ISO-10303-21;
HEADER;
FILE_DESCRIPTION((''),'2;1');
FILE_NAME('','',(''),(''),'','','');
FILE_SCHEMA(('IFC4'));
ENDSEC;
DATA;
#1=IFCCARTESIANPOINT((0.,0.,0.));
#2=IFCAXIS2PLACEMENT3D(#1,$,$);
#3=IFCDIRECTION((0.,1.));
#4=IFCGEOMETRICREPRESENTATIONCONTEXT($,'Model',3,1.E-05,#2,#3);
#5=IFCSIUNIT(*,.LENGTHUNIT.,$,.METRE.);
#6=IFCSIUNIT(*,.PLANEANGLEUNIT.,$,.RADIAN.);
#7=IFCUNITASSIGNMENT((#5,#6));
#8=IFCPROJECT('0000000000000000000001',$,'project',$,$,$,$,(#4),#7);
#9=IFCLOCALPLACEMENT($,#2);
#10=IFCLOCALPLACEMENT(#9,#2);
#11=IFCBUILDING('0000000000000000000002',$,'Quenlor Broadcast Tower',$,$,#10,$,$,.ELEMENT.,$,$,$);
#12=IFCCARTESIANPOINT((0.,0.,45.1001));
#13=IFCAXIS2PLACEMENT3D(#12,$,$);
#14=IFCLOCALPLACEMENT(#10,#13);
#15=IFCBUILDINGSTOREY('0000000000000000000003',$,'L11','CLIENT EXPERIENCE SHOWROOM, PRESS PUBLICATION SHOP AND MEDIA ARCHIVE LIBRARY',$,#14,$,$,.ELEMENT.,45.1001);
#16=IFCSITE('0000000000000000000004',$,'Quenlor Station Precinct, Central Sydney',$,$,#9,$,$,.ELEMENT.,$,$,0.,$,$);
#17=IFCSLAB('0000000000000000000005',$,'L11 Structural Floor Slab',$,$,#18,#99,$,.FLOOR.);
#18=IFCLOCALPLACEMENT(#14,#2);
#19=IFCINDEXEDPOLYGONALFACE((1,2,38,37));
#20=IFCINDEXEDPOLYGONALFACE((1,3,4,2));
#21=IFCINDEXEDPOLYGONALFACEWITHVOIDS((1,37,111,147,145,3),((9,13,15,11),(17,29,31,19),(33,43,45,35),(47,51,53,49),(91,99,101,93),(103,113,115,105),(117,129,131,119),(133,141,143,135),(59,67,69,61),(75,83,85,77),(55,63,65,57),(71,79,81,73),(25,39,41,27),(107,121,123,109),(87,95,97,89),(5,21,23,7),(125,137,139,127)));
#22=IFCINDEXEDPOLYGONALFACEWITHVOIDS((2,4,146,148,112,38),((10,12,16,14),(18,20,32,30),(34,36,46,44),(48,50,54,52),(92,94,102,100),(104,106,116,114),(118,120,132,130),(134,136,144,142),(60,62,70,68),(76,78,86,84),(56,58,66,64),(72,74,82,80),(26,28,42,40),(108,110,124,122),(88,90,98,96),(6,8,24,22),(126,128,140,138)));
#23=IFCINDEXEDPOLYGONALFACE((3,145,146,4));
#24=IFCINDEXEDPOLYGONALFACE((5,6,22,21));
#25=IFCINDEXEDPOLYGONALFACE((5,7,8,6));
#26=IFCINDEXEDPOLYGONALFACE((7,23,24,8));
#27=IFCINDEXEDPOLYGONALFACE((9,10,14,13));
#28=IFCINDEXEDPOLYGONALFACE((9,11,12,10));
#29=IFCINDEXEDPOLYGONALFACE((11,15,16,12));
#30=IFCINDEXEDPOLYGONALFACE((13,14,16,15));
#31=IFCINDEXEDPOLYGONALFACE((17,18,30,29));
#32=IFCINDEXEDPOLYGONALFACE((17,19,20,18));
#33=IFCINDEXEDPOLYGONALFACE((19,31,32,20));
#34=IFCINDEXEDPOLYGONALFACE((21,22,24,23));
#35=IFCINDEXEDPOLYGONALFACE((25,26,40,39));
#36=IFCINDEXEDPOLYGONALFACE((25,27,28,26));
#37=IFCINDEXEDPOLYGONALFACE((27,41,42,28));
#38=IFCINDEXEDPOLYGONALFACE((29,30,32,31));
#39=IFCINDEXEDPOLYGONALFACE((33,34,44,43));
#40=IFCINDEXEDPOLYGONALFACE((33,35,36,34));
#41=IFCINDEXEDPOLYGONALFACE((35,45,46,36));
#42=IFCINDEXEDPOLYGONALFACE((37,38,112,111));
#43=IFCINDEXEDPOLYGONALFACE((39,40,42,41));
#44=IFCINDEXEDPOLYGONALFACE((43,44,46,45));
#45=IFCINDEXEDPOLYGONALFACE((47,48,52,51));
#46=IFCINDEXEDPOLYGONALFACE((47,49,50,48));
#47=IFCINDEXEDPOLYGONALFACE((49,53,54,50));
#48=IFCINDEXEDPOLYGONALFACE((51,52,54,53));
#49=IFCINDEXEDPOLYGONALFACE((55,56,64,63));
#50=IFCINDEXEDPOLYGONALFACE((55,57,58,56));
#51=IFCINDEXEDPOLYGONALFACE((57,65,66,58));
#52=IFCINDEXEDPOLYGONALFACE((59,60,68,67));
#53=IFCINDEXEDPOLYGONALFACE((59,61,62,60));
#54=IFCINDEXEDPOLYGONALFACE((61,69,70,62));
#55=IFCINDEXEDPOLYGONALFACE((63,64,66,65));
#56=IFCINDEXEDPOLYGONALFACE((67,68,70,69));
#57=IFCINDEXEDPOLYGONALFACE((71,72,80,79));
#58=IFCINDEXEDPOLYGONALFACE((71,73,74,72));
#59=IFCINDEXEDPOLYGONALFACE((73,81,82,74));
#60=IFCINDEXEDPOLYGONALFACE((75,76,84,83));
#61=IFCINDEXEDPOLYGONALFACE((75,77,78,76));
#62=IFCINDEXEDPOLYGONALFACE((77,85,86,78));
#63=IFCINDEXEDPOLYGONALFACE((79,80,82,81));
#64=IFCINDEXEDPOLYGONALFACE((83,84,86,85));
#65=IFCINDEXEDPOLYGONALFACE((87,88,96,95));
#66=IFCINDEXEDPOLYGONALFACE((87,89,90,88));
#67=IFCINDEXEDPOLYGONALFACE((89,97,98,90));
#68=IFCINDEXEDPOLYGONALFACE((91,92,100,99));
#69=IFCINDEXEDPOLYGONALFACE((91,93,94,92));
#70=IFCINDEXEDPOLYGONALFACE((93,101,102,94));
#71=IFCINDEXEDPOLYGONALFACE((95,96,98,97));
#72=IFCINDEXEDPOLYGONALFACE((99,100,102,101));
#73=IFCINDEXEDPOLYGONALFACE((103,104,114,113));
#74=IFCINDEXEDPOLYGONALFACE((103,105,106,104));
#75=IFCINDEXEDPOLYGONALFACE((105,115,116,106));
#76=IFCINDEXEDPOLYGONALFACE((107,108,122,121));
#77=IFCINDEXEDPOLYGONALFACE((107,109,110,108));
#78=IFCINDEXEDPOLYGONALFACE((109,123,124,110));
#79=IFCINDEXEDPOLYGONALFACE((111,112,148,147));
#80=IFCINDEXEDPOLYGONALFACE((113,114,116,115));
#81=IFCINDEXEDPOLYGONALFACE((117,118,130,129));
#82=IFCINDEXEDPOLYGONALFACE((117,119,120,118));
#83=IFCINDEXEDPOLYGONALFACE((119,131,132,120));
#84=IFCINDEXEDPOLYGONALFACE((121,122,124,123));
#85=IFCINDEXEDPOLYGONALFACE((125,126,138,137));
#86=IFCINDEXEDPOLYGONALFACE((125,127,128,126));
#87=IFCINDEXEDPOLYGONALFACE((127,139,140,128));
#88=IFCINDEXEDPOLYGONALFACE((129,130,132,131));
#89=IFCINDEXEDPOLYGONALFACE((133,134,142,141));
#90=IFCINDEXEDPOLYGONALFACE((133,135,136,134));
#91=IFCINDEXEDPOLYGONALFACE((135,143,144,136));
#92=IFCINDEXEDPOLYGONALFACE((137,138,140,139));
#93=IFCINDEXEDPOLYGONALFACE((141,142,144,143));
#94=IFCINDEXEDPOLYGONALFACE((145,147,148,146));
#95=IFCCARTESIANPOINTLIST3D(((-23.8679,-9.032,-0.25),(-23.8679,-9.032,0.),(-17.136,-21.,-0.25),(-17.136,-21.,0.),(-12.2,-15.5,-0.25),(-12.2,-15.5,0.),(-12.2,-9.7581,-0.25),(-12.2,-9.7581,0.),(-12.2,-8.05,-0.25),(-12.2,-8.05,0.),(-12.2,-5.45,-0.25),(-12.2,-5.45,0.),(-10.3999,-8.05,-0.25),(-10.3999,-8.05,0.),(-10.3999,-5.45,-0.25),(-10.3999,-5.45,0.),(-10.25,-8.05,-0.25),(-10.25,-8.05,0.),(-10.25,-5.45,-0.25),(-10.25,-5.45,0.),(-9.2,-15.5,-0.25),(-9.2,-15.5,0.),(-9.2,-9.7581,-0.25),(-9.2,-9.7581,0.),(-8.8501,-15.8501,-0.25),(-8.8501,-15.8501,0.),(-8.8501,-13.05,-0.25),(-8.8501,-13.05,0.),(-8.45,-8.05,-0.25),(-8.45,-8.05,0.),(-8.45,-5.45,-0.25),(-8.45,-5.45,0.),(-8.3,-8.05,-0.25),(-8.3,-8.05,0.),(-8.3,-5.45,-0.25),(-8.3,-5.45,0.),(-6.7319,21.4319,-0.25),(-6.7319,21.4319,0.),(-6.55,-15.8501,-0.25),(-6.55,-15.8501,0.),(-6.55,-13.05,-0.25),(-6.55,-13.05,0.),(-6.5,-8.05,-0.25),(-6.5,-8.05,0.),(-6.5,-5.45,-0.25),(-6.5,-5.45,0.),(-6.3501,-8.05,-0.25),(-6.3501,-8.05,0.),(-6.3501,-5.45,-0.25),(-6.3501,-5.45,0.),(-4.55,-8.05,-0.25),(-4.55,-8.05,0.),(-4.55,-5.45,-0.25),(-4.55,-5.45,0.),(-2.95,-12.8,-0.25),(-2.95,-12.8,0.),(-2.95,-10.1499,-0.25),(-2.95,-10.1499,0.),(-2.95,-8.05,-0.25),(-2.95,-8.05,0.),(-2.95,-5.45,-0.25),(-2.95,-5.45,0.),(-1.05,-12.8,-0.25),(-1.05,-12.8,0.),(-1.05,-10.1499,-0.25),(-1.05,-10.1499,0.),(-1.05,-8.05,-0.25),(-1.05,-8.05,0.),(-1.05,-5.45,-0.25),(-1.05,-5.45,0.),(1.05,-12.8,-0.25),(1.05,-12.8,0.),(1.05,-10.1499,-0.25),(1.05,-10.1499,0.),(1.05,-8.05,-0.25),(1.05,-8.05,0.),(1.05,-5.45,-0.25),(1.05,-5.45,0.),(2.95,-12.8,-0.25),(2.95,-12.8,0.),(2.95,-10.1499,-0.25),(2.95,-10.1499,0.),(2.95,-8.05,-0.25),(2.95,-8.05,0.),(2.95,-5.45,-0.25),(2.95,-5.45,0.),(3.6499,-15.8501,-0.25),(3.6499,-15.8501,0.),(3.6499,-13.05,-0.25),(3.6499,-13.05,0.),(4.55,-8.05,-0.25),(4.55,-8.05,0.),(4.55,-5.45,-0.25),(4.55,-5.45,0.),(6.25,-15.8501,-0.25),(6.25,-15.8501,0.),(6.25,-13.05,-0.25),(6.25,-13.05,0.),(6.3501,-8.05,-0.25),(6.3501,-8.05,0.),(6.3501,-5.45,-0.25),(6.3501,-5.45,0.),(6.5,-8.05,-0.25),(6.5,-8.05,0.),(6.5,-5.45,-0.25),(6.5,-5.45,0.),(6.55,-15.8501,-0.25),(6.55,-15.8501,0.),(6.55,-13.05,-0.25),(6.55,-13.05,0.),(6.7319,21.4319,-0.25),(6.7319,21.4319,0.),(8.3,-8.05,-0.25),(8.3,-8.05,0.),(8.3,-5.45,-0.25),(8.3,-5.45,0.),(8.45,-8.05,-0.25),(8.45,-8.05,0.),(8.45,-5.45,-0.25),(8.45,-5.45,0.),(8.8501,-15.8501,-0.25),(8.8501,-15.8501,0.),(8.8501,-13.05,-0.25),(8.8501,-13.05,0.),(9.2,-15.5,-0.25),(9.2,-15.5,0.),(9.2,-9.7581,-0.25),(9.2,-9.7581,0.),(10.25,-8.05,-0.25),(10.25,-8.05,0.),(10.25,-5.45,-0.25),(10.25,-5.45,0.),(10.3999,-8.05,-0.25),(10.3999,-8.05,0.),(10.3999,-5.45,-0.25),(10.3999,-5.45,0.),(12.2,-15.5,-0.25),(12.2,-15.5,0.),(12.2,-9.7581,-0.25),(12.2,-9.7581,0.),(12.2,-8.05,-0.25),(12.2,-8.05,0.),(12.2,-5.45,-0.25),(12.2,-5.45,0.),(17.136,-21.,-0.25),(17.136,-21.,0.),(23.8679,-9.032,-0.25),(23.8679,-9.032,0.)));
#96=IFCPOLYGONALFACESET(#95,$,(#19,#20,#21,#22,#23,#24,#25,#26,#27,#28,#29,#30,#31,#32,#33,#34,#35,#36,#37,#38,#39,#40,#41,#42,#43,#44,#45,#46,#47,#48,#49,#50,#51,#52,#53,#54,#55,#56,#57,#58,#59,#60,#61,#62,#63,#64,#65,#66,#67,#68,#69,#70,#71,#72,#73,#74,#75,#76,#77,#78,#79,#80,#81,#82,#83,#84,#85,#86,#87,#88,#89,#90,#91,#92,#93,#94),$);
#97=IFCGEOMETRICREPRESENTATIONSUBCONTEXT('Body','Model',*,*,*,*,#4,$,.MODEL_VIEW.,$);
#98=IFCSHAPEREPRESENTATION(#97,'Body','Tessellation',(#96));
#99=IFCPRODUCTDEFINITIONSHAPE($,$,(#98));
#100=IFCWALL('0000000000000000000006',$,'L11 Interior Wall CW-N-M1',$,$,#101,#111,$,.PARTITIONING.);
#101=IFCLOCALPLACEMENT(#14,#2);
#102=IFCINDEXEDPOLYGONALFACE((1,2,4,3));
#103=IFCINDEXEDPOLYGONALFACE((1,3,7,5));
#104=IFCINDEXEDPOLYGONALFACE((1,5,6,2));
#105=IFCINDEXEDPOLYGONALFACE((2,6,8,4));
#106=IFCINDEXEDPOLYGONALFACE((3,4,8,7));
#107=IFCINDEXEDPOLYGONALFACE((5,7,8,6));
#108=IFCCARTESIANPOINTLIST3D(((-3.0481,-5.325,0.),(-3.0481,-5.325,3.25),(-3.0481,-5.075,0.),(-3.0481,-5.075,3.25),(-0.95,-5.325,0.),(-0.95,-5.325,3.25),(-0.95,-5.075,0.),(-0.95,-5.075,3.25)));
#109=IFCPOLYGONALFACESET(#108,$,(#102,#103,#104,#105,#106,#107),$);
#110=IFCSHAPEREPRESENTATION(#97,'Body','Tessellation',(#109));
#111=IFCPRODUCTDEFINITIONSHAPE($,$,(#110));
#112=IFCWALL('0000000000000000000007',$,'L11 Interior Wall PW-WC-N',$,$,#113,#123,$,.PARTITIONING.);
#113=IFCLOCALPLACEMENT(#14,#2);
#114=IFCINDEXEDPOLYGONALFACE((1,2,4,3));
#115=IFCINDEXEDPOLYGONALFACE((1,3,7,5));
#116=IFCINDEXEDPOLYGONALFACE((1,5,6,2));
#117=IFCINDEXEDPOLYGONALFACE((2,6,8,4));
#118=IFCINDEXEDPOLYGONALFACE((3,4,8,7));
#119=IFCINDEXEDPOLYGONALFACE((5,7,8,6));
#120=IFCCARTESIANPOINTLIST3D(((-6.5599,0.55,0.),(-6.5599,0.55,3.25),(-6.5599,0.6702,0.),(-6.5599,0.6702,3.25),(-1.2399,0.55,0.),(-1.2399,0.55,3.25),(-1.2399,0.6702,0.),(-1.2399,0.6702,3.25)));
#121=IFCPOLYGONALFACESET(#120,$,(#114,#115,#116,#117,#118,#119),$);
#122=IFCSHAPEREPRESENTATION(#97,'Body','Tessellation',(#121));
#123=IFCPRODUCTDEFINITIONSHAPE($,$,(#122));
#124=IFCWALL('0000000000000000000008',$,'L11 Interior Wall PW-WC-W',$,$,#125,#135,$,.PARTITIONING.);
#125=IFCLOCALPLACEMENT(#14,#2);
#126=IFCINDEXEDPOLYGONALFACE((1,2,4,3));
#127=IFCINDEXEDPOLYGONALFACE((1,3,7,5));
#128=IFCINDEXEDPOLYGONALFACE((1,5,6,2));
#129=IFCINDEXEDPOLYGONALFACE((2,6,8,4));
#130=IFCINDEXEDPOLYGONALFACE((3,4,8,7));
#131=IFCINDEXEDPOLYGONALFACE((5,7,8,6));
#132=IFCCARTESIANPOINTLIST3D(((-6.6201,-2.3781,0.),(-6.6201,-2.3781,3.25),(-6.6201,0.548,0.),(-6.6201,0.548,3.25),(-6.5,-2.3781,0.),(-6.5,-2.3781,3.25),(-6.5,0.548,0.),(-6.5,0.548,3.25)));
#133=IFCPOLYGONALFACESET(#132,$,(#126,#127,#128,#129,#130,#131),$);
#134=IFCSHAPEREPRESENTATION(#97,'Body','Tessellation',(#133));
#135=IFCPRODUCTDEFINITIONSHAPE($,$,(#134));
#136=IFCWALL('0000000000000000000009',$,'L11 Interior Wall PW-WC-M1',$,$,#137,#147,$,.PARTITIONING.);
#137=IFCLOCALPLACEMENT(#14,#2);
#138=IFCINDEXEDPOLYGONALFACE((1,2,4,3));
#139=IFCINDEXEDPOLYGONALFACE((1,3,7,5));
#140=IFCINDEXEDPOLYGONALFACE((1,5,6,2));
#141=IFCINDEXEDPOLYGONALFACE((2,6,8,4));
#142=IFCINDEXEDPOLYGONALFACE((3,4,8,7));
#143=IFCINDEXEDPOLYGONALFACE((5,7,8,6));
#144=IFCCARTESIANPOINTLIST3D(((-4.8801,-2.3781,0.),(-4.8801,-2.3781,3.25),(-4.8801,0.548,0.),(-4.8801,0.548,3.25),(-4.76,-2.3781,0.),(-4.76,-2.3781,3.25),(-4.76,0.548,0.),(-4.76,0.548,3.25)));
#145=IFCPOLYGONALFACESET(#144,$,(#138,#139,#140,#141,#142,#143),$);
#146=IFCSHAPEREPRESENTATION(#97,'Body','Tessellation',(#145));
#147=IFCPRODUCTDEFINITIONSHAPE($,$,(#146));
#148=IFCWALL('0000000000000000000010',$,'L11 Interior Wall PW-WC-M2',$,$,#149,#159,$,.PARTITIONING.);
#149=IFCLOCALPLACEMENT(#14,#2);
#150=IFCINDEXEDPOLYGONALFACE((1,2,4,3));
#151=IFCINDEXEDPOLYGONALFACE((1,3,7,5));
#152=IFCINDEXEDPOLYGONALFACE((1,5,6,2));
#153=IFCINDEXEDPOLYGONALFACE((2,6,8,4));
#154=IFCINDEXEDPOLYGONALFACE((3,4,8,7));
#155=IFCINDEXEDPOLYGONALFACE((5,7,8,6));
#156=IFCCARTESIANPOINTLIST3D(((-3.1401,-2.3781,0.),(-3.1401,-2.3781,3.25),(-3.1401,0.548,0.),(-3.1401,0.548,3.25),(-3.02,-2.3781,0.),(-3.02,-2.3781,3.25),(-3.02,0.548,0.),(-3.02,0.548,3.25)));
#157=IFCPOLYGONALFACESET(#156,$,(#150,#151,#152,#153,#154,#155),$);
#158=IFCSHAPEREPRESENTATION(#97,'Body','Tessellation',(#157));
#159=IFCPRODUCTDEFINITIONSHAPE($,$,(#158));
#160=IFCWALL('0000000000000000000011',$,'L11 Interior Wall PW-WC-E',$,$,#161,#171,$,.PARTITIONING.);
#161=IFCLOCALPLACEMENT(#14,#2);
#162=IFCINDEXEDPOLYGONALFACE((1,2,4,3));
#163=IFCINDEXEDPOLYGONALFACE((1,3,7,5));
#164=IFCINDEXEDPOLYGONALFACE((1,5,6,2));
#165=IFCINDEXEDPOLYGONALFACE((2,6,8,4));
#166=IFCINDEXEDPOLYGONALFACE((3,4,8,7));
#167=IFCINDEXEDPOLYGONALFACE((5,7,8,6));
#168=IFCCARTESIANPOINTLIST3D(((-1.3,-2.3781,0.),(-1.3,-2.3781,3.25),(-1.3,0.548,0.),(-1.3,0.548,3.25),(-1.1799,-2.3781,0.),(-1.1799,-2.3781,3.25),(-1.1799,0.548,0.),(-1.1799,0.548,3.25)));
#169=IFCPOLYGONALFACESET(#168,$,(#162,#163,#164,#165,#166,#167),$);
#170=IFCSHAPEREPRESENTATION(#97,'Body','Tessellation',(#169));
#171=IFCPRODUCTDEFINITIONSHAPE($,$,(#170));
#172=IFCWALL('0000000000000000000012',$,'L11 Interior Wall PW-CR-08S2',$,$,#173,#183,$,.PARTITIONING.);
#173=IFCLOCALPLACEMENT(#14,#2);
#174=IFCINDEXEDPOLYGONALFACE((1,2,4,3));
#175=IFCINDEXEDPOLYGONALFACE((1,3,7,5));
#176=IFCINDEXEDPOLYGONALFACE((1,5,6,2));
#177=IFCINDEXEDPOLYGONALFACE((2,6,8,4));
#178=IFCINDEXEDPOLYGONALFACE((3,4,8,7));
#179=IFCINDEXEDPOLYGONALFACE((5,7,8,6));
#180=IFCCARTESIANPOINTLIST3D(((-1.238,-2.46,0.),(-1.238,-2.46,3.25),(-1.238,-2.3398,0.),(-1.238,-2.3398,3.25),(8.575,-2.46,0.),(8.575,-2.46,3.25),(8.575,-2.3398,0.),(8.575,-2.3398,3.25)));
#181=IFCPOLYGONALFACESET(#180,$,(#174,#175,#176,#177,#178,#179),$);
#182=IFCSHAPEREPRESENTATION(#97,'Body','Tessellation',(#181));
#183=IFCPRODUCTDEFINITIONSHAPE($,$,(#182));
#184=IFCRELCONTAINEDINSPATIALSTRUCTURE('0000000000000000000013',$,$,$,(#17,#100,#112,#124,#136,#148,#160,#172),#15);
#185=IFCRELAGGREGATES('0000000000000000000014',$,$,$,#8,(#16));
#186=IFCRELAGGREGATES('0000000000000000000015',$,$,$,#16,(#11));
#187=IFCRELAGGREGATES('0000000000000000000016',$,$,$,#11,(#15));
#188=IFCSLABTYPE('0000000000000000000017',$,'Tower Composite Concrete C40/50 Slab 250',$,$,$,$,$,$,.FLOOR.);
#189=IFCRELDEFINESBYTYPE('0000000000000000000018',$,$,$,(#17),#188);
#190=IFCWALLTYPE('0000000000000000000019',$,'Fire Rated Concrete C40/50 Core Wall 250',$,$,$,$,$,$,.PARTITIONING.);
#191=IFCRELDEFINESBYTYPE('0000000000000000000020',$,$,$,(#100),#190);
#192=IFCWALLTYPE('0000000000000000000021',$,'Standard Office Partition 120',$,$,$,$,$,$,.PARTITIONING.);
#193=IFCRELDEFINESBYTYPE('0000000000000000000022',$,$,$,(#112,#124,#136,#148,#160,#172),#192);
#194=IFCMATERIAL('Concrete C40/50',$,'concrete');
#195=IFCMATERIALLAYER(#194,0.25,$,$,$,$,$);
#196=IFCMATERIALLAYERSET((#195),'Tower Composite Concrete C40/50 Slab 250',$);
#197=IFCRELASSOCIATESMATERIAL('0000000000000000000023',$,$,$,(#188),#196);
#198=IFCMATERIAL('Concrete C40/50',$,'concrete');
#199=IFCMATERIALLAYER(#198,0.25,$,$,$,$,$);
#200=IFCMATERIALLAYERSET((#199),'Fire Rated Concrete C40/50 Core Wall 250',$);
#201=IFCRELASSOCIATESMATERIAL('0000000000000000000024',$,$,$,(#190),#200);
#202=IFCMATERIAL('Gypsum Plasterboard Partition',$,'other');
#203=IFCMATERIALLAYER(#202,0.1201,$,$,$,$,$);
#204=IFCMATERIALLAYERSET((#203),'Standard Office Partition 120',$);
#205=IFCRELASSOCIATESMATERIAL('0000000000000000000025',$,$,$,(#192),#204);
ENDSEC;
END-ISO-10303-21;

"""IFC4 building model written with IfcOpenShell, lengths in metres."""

from ifc_helpers import new_model, si_unit, direction, frame, frame_2d, origin, place, context, subcontext, project, spatial, polyline, rectangle, outline, extrude, material, layer, layer_set, type_object, element, save


model = new_model("IFC4")

# Units and contexts
model_context = context("Model", 3, precision=1e-05, world=origin(), true_north=direction((0.0, 1.0)))
body_context = subcontext(model_context, "Body", "Model", "MODEL_VIEW")
ifc_project = project(units=[si_unit("LENGTHUNIT", "METRE"), si_unit("PLANEANGLEUNIT", "RADIAN")], contexts=[model_context])

# Site, building, storey
site_placement = place(None, origin())
site = spatial("IfcSite", under=ifc_project, at=site_placement, Name="Quenlor Station Precinct, Central Sydney", CompositionType="ELEMENT", RefElevation=0.0)
building_placement = place(site_placement, origin())
building = spatial("IfcBuilding", under=site, at=building_placement, Name="Quenlor Broadcast Tower", CompositionType="ELEMENT")
storey_placement = place(building_placement, frame((0.0, 0.0, 45.1001)))
storey = spatial("IfcBuildingStorey", under=building, at=storey_placement, Name="L11", Description="CLIENT EXPERIENCE SHOWROOM, PRESS PUBLICATION SHOP AND MEDIA ARCHIVE LIBRARY", CompositionType="ELEMENT", Elevation=45.1001)

# Slab
ifc_material_1 = material(Name="Concrete C40/50", Category="concrete")
ifc_layer_1 = layer(ifc_material_1, 0.25)
ifc_layer_set_1 = layer_set([ifc_layer_1], Name="Tower Composite Concrete C40/50 Slab 250")
slab_type = type_object("IfcSlabType", Name="Tower Composite Concrete C40/50 Slab 250", PredefinedType="FLOOR", material=ifc_layer_set_1)
slab_placement = place(storey_placement, frame((0.0, 0.0, -0.25)))
element("IfcSlab", 1, at=slab_placement, inside=storey, type_object=slab_type, Name="L11 Structural Floor Slab", PredefinedType="FLOOR", context=body_context, shape_type="SweptSolid", body=[
    extrude(outline(polyline([(17.136, -21.0), (23.8679, -9.032), (6.7319, 21.4319), (-6.7319, 21.4319), (-23.8679, -9.032), (-17.136, -21.0), (17.136, -21.0)]), holes=[polyline([(-12.2, -9.7581), (-12.2, -15.5), (-9.2, -15.5), (-9.2, -9.7581), (-12.2, -9.7581)]), polyline([(9.2, -9.7581), (9.2, -15.5), (12.2, -15.5), (12.2, -9.7581), (9.2, -9.7581)]), polyline([(-12.2, -8.05), (-10.3999, -8.05), (-10.3999, -5.45), (-12.2, -5.45), (-12.2, -8.05)]), polyline([(-10.25, -8.05), (-8.45, -8.05), (-8.45, -5.45), (-10.25, -5.45), (-10.25, -8.05)]), polyline([(-8.3, -8.05), (-6.5, -8.05), (-6.5, -5.45), (-8.3, -5.45), (-8.3, -8.05)]), polyline([(-6.3501, -8.05), (-4.55, -8.05), (-4.55, -5.45), (-6.3501, -5.45), (-6.3501, -8.05)]), polyline([(-2.95, -8.05), (-1.05, -8.05), (-1.05, -5.45), (-2.95, -5.45), (-2.95, -8.05)]), polyline([(1.05, -8.05), (2.95, -8.05), (2.95, -5.45), (1.05, -5.45), (1.05, -8.05)]), polyline([(-2.95, -12.8), (-1.05, -12.8), (-1.05, -10.1499), (-2.95, -10.1499), (-2.95, -12.8)]), polyline([(1.05, -12.8), (2.95, -12.8), (2.95, -10.1499), (1.05, -10.1499), (1.05, -12.8)]), polyline([(4.55, -8.05), (6.3501, -8.05), (6.3501, -5.45), (4.55, -5.45), (4.55, -8.05)]), polyline([(6.5, -8.05), (8.3, -8.05), (8.3, -5.45), (6.5, -5.45), (6.5, -8.05)]), polyline([(8.45, -8.05), (10.25, -8.05), (10.25, -5.45), (8.45, -5.45), (8.45, -8.05)]), polyline([(10.3999, -8.05), (12.2, -8.05), (12.2, -5.45), (10.3999, -5.45), (10.3999, -8.05)]), polyline([(-8.8501, -15.8501), (-6.55, -15.8501), (-6.55, -13.05), (-8.8501, -13.05), (-8.8501, -15.8501)]), polyline([(6.55, -15.8501), (8.8501, -15.8501), (8.8501, -13.05), (6.55, -13.05), (6.55, -15.8501)]), polyline([(3.6499, -15.8501), (6.25, -15.8501), (6.25, -13.05), (3.6499, -13.05), (3.6499, -15.8501)])]), origin(), (0.0, 0.0, 1.0), 0.25),
])

# Walls
ifc_material_2 = material(Name="Concrete C40/50", Category="concrete")
ifc_layer_2 = layer(ifc_material_2, 0.25)
ifc_layer_set_2 = layer_set([ifc_layer_2], Name="Fire Rated Concrete C40/50 Core Wall 250")
wall_type_1 = type_object("IfcWallType", Name="Fire Rated Concrete C40/50 Core Wall 250", PredefinedType="PARTITIONING", material=ifc_layer_set_2)
wall_1_placement = place(storey_placement, frame((-3.0481, -5.2, 0.0), z_axis=(0.0, 0.0, 1.0), x_axis=(1.0, 0.0, 0.0)))
element("IfcWall", 2, at=wall_1_placement, inside=storey, type_object=wall_type_1, Name="L11 Interior Wall CW-N-M1", PredefinedType="PARTITIONING", context=body_context, shape_type="SweptSolid", body=[
    extrude(rectangle(XDim=2.0981, YDim=0.25, at=frame_2d((1.0491, 0.0))), origin(), (0.0, 0.0, 1.0), 3.25),
])
ifc_material_3 = material(Name="Gypsum Plasterboard Partition", Category="other")
ifc_layer_3 = layer(ifc_material_3, 0.1201)
ifc_layer_set_3 = layer_set([ifc_layer_3], Name="Standard Office Partition 120")
wall_type_2 = type_object("IfcWallType", Name="Standard Office Partition 120", PredefinedType="PARTITIONING", material=ifc_layer_set_3)
wall_2_placement = place(storey_placement, frame((-6.5601, 0.6101, 0.0), z_axis=(0.0, 0.0, 1.0), x_axis=(1.0, 0.0, 0.0)))
element("IfcWall", 3, at=wall_2_placement, inside=storey, type_object=wall_type_2, Name="L11 Interior Wall PW-WC-N", PredefinedType="PARTITIONING", context=body_context, shape_type="SweptSolid", body=[
    extrude(rectangle(XDim=5.3201, YDim=0.1201, at=frame_2d((2.6602, 0.0))), origin(), (0.0, 0.0, 1.0), 3.25),
])
for number, where, z_axis, x_axis, name in (
    (4, (-6.5601, -2.3779, 0.0), (0.0, 0.0, 1.0), (0.0, 1.0, 0.0), "L11 Interior Wall PW-WC-W"),
    (5, (-4.8201, -2.3779, 0.0), (0.0, 0.0, 1.0), (0.0, 1.0, 0.0), "L11 Interior Wall PW-WC-M1"),
    (6, (-3.0801, -2.3779, 0.0), (0.0, 0.0, 1.0), (0.0, 1.0, 0.0), "L11 Interior Wall PW-WC-M2"),
    (7, (-1.24, -2.3779, 0.0), (0.0, 0.0, 1.0), (0.0, 1.0, 0.0), "L11 Interior Wall PW-WC-E"),
):
    element("IfcWall", number, at=place(storey_placement, frame(where, z_axis=z_axis, x_axis=x_axis)), inside=storey, type_object=wall_type_2, Name=name, PredefinedType="PARTITIONING", context=body_context, shape_type="SweptSolid", body=[
        extrude(rectangle(XDim=2.926, YDim=0.1201, at=frame_2d((1.4629, 0.0))), origin(), (0.0, 0.0, 1.0), 3.25),
    ])
wall_3_placement = place(storey_placement, frame((-1.238, -2.3999, 0.0), z_axis=(0.0, 0.0, 1.0), x_axis=(1.0, 0.0, 0.0)))
element("IfcWall", 8, at=wall_3_placement, inside=storey, type_object=wall_type_2, Name="L11 Interior Wall PW-CR-08S2", PredefinedType="PARTITIONING", context=body_context, shape_type="SweptSolid", body=[
    extrude(rectangle(XDim=9.813, YDim=0.1201, at=frame_2d((4.9065, 0.0))), origin(), (0.0, 0.0, 1.0), 3.25),
])

save(model, "model.ifc")
